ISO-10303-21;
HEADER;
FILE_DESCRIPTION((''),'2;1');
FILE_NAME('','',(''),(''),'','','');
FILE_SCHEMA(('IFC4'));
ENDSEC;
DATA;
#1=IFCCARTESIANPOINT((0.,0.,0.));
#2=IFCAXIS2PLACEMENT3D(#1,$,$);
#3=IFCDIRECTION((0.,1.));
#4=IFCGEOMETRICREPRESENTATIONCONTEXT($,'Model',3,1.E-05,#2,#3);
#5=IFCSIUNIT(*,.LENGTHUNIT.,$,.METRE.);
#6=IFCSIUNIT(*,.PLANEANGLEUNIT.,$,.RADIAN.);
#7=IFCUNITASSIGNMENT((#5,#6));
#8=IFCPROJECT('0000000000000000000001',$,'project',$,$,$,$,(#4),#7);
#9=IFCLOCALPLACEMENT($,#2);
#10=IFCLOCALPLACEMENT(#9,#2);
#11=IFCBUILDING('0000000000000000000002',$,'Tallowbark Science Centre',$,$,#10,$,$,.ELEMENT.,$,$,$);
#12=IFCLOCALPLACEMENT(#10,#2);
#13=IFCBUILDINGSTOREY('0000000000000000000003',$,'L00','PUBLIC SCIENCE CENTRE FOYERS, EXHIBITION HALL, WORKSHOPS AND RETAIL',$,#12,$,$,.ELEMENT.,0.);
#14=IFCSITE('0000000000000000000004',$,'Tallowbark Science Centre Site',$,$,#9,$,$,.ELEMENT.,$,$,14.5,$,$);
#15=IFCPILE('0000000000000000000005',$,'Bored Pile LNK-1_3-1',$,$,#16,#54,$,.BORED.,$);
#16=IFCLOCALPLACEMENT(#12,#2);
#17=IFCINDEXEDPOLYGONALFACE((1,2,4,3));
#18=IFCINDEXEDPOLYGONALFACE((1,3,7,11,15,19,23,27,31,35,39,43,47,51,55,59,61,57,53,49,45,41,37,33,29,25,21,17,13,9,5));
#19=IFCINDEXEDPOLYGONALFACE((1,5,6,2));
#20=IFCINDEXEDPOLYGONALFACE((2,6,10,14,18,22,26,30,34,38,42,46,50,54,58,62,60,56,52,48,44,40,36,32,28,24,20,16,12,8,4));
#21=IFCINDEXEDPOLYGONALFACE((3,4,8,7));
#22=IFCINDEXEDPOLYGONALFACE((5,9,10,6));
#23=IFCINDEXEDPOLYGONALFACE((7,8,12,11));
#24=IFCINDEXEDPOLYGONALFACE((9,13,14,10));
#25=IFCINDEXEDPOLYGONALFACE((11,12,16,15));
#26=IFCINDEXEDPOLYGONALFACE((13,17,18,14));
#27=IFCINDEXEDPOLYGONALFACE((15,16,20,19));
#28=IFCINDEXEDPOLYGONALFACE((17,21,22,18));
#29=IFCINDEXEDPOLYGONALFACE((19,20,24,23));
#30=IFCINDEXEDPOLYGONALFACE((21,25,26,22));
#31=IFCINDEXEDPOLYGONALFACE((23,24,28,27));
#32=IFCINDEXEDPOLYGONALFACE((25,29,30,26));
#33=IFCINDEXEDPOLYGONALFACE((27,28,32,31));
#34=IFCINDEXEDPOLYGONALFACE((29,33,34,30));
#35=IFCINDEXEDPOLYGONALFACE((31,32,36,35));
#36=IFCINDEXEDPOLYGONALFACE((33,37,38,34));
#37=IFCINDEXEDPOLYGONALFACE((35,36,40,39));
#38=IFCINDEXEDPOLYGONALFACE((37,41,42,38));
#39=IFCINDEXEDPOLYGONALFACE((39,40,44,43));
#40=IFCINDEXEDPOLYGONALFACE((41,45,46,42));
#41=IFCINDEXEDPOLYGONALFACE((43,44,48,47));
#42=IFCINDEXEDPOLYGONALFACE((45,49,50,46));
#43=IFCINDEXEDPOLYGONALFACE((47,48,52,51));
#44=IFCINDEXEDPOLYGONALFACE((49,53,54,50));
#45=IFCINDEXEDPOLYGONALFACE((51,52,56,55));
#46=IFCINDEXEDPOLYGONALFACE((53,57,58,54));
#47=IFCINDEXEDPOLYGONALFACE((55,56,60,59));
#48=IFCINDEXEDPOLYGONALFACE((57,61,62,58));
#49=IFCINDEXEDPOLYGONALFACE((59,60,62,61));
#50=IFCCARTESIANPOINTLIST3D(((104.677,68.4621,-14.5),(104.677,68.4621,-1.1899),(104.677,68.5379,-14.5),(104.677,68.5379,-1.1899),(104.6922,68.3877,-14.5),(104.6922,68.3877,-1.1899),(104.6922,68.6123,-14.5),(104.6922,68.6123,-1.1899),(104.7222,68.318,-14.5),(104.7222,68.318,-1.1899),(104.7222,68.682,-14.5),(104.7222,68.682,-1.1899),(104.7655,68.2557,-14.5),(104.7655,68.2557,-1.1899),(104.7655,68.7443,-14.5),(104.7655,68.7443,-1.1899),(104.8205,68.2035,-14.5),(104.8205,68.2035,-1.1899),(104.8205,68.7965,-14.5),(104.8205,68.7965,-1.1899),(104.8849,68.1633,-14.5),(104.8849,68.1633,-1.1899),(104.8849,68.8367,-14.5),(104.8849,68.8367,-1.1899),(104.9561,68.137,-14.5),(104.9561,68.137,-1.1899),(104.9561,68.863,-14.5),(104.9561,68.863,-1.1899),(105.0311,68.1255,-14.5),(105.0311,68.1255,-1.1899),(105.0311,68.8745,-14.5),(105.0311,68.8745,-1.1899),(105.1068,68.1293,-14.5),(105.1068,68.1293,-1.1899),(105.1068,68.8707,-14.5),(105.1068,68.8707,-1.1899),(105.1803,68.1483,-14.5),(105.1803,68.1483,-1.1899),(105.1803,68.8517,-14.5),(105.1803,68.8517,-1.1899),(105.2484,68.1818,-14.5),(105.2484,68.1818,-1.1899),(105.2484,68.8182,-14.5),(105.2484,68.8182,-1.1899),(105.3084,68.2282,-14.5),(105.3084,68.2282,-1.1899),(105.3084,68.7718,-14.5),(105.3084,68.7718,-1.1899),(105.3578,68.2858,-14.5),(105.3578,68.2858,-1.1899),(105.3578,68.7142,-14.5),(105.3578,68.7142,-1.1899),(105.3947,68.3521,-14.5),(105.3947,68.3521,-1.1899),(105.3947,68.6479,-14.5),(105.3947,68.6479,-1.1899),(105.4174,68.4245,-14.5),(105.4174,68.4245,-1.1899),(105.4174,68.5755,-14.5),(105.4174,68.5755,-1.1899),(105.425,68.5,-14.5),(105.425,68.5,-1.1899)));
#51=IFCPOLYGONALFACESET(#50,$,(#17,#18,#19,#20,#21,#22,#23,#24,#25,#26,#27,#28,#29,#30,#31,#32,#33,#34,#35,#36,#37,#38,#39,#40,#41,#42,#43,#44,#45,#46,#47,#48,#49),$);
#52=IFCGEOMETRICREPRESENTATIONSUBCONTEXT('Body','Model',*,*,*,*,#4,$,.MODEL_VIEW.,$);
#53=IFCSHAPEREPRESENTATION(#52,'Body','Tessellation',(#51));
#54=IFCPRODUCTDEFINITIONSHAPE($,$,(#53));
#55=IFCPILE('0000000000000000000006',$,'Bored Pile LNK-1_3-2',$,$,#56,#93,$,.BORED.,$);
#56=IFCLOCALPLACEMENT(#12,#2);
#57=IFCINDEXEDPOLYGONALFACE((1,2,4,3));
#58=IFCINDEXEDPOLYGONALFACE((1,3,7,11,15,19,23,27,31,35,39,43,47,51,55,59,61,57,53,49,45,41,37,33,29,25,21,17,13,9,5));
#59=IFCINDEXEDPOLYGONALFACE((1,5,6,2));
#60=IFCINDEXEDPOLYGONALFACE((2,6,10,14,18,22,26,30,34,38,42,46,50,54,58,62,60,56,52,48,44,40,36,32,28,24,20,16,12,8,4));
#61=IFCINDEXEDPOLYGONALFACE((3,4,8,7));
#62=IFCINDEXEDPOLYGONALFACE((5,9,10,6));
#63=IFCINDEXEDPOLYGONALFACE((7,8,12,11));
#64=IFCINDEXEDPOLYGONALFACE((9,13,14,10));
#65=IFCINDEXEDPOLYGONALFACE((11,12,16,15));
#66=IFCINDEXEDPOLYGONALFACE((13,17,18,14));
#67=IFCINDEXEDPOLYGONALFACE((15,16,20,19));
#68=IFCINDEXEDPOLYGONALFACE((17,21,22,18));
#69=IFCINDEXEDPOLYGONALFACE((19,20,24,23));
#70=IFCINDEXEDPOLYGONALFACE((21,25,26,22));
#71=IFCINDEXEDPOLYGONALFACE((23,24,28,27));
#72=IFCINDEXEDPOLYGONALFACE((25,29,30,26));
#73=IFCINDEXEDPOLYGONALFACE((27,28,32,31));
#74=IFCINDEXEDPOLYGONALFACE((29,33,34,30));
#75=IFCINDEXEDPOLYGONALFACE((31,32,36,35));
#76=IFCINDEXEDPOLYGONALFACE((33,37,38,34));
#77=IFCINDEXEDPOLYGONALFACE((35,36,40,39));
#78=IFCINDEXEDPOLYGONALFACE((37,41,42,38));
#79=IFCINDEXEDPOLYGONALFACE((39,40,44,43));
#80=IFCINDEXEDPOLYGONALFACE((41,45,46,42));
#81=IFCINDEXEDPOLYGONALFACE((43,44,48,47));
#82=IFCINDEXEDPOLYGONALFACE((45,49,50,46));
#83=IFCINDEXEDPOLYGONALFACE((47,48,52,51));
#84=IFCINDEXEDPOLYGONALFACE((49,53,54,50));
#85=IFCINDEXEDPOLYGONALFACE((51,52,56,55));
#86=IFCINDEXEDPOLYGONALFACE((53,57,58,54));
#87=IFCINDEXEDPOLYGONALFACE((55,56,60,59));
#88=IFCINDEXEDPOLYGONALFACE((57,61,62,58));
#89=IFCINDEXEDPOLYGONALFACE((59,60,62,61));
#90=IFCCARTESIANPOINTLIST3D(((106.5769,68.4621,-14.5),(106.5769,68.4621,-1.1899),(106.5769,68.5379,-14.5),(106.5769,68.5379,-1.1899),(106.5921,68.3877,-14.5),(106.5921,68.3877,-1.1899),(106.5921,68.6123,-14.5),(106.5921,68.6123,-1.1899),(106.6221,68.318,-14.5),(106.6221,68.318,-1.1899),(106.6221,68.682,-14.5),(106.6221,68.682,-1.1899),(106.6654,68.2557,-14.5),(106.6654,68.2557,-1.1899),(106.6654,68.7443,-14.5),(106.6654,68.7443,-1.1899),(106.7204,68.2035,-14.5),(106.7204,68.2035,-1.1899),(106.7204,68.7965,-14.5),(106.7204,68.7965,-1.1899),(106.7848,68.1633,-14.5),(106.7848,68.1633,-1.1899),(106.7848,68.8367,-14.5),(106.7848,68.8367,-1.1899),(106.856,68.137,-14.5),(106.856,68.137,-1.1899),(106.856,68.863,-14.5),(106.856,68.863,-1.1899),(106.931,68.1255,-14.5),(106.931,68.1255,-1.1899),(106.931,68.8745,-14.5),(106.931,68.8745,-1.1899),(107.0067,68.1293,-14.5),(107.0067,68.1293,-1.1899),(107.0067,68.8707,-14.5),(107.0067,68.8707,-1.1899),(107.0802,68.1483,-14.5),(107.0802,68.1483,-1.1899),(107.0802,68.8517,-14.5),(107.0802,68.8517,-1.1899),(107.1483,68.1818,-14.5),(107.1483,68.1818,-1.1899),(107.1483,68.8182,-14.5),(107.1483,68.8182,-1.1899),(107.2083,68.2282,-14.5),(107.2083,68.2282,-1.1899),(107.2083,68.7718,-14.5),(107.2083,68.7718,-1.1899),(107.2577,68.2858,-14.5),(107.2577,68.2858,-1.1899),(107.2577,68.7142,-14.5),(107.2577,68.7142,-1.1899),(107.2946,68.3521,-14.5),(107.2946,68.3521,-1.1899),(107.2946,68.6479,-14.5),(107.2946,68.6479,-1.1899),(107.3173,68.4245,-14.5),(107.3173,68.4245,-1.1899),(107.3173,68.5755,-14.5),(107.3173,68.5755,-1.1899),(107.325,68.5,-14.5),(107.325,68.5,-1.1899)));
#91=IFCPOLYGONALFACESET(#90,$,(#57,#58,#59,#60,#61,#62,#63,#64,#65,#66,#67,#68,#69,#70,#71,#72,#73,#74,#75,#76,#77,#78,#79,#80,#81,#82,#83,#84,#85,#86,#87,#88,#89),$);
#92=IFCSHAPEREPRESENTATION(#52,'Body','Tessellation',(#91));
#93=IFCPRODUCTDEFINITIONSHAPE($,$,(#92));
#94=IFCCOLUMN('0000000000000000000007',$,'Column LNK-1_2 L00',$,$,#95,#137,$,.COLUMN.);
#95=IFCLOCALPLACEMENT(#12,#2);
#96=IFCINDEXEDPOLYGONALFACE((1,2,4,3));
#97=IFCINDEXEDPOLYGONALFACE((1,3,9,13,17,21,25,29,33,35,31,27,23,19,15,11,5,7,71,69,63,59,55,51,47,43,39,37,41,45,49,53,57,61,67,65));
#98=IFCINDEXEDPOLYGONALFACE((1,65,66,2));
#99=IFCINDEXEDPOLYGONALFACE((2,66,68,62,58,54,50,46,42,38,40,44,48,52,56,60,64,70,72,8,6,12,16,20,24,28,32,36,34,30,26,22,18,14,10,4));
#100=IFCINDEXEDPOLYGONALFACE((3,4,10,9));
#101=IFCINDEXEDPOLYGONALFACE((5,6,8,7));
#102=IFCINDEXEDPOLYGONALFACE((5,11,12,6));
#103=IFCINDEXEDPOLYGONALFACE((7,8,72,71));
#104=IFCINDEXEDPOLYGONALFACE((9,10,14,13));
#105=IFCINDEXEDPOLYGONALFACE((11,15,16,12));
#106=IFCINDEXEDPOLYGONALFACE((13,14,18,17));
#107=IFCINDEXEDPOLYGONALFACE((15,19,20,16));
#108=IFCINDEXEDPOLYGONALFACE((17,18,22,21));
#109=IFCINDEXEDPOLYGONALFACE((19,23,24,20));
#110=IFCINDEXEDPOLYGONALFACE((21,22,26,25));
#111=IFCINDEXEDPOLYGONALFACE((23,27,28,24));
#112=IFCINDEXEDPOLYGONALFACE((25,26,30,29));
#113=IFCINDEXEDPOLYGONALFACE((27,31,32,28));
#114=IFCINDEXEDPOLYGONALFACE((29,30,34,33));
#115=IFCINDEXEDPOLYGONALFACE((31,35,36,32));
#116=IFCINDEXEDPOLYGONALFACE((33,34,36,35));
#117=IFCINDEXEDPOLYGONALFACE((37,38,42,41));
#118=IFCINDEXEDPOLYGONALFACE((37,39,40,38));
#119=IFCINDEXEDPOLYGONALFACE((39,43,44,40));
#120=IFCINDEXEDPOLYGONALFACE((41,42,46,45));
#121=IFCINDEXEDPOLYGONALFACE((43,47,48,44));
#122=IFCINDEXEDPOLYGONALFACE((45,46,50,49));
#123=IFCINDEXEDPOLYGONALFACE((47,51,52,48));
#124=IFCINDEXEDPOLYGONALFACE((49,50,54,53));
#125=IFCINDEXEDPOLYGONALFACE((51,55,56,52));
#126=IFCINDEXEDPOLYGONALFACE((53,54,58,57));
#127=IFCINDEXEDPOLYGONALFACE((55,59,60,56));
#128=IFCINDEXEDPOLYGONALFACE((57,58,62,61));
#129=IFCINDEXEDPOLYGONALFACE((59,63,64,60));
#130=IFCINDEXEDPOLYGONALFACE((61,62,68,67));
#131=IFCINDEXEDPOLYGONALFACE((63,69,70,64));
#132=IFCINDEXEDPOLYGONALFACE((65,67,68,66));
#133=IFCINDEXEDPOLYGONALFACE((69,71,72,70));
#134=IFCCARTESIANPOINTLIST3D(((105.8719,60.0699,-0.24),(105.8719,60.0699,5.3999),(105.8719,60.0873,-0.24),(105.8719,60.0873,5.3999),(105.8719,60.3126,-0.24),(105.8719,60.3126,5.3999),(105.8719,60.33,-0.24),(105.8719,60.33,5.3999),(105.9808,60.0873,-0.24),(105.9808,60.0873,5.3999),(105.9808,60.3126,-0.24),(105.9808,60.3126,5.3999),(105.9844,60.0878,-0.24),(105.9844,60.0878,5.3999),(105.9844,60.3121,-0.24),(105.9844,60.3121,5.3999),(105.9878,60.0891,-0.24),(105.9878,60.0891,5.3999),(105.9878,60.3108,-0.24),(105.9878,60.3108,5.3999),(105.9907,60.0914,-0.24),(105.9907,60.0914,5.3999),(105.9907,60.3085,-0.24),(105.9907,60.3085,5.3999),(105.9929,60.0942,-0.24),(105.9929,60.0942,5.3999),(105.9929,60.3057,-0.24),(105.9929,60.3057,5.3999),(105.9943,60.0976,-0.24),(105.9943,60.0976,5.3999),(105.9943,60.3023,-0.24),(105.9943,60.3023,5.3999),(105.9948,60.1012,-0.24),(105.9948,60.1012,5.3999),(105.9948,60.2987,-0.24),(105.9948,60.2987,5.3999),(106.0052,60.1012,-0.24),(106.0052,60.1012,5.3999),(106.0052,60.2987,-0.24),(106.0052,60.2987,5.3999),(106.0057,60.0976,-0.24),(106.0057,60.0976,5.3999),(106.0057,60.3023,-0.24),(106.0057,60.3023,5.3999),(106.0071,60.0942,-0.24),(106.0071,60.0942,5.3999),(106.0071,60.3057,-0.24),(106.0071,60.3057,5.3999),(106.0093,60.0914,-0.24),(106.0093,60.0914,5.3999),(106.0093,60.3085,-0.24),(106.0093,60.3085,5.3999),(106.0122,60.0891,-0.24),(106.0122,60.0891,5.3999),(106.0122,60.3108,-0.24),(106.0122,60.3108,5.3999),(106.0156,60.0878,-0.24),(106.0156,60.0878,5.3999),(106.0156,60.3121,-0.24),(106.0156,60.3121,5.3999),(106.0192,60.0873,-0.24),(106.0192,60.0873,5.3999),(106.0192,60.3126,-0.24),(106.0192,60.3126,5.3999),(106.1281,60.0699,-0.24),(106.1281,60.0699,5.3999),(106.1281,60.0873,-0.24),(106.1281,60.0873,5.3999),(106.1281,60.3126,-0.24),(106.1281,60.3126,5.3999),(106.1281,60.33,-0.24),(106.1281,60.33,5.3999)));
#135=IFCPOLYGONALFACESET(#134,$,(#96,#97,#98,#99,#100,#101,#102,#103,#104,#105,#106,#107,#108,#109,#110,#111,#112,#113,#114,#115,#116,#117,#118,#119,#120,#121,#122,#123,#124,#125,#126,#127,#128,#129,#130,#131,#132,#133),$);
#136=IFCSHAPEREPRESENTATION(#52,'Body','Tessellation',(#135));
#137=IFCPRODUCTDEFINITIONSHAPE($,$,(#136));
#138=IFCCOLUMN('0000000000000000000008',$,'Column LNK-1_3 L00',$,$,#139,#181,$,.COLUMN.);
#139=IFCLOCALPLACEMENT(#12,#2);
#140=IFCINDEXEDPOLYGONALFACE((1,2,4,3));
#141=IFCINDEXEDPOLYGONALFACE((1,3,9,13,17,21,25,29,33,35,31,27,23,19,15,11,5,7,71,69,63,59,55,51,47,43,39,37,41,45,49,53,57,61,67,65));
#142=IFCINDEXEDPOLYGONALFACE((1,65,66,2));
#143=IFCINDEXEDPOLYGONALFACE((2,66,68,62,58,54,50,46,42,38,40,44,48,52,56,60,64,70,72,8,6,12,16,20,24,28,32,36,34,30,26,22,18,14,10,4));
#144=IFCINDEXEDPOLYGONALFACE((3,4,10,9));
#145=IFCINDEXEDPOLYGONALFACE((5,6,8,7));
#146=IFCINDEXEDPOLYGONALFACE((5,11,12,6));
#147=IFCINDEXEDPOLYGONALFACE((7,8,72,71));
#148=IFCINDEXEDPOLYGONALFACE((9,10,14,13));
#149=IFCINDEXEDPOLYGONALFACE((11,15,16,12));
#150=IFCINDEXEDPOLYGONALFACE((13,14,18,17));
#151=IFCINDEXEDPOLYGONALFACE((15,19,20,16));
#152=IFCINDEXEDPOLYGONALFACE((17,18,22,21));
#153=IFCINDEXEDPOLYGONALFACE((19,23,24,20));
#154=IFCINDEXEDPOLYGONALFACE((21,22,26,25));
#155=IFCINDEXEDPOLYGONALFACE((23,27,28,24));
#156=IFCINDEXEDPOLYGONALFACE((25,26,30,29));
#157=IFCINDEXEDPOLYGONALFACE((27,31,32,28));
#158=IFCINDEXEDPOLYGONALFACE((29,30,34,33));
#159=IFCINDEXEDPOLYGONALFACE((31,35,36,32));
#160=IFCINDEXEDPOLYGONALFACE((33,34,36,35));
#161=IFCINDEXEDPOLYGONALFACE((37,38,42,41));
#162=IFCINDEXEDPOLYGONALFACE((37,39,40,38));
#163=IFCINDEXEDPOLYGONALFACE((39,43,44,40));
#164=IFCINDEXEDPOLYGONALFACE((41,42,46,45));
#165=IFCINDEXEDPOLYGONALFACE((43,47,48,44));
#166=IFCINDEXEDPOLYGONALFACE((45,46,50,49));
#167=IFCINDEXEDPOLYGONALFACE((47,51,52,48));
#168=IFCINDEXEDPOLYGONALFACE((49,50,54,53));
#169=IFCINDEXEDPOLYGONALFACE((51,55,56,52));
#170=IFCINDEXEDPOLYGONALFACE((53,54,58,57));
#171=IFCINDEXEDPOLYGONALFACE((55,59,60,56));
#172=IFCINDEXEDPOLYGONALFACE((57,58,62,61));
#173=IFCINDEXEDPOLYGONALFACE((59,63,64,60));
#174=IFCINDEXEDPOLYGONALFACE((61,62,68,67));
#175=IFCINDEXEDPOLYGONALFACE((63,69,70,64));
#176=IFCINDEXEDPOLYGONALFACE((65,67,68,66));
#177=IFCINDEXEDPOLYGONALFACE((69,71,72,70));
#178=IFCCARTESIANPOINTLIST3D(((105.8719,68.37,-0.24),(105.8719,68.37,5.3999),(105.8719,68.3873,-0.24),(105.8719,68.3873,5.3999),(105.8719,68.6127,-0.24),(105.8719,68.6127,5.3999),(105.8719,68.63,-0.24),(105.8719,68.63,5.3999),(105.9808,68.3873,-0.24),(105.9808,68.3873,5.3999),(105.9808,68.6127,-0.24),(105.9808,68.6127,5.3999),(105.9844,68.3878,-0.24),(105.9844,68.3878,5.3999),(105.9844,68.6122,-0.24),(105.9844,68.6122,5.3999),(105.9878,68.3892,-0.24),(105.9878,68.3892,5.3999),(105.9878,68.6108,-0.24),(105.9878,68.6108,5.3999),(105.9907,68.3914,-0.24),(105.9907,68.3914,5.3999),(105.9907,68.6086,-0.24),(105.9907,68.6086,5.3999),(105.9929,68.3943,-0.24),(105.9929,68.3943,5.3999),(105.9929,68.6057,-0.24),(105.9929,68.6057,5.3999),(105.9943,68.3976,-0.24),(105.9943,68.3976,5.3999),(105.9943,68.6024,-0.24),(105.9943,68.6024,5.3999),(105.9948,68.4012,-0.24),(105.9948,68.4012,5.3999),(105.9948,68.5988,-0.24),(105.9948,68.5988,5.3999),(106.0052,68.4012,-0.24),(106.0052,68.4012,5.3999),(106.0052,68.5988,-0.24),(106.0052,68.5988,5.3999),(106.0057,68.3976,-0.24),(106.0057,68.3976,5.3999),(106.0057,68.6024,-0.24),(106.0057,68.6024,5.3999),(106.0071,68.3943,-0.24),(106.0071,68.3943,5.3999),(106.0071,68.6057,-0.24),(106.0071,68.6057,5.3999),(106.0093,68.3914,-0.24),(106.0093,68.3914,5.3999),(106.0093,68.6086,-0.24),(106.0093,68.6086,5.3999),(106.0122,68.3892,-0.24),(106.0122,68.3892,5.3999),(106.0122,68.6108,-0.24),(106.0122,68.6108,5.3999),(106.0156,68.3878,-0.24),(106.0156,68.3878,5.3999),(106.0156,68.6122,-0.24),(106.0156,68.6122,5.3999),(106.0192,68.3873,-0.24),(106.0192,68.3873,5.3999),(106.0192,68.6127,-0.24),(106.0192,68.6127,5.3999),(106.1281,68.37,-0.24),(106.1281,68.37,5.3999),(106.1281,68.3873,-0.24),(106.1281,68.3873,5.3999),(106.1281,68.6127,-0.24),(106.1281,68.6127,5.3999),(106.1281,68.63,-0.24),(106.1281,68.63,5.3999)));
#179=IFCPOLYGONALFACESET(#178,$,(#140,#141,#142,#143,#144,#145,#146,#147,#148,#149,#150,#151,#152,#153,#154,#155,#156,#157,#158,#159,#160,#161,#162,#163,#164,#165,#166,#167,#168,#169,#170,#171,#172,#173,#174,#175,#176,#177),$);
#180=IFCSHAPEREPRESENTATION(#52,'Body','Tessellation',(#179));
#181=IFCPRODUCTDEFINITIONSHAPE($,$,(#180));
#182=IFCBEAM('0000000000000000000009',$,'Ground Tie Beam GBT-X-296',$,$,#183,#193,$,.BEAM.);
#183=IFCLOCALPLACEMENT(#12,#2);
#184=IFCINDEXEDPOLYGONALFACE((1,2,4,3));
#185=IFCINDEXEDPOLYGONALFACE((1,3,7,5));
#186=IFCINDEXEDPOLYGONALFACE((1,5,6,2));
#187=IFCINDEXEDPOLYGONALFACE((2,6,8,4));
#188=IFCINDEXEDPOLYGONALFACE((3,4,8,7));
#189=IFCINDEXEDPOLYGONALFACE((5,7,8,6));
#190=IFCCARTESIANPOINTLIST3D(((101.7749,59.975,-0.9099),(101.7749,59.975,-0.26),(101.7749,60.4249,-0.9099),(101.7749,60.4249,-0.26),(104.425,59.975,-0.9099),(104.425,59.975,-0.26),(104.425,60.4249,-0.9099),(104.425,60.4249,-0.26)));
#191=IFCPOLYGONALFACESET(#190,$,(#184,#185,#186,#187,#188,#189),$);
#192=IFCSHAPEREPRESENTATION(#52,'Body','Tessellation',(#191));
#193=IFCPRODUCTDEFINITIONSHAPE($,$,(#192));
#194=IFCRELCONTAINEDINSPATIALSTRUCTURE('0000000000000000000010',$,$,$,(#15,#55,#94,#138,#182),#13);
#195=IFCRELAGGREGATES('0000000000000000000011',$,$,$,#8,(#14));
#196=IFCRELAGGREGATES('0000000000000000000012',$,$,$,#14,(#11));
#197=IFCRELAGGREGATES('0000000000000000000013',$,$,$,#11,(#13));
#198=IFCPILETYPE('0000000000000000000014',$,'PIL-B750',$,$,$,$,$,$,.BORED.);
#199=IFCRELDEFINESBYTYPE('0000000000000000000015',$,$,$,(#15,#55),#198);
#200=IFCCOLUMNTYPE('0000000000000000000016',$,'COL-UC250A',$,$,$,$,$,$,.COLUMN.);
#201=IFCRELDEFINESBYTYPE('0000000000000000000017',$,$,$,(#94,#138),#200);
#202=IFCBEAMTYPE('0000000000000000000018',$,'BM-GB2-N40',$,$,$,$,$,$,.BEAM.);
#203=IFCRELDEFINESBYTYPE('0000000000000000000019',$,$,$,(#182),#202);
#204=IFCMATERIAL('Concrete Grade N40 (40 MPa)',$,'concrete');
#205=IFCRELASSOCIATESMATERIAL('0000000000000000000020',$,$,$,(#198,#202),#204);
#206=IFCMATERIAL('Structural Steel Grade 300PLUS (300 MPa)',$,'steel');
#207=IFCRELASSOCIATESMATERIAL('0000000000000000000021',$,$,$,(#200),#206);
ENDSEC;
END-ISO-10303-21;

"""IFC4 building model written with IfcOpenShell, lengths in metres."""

from ifc_helpers import new_model, si_unit, direction, frame, origin, origin_2d, place, context, subcontext, project, spatial, rectangle, circle, i_section, extrude, material, material_profile, profile_set, type_object, element, save


model = new_model("IFC4")

# Units and contexts
model_context = context("Model", 3, precision=1e-05, world=origin(), true_north=direction((0.0, 1.0)))
body_context = subcontext(model_context, "Body", "Model", "MODEL_VIEW")
ifc_project = project(units=[si_unit("LENGTHUNIT", "METRE"), si_unit("PLANEANGLEUNIT", "RADIAN")], contexts=[model_context])

# Site, building, storey
site_placement = place(None, origin())
site = spatial("IfcSite", under=ifc_project, at=site_placement, Name="Tallowbark Science Centre Site", CompositionType="ELEMENT", RefElevation=14.5)
building_placement = place(site_placement, origin())
building = spatial("IfcBuilding", under=site, at=building_placement, Name="Tallowbark Science Centre", CompositionType="ELEMENT")
storey_placement = place(building_placement, origin())
storey = spatial("IfcBuildingStorey", under=building, at=storey_placement, Name="L00", Description="PUBLIC SCIENCE CENTRE FOYERS, EXHIBITION HALL, WORKSHOPS AND RETAIL", CompositionType="ELEMENT", Elevation=0.0)

# Shared definitions
ifc_material_1 = material(Name="Concrete Grade N40 (40 MPa)", Category="concrete")

# Piles
ifc_material_profile_1 = material_profile(ifc_material_1, circle(Radius=0.375, at=origin_2d()), Name="PILE750")
ifc_profile_set_1 = profile_set([ifc_material_profile_1], Name="Concrete Grade N40 (40 MPa)")
pile_type = type_object("IfcPileType", Name="PIL-B750", PredefinedType="BORED", material=ifc_profile_set_1)
for number, where, z_axis, x_axis, name in (
    (1, (105.05, 68.5, -1.1899), (0.0, 0.0, -1.0), (1.0, 0.0, 0.0), "Bored Pile LNK-1_3-1"),
    (2, (106.95, 68.5, -1.1899), (0.0, 0.0, -1.0), (1.0, 0.0, 0.0), "Bored Pile LNK-1_3-2"),
):
    element("IfcPile", number, at=place(storey_placement, frame(where, z_axis=z_axis, x_axis=x_axis)), inside=storey, type_object=pile_type, Name=name, PredefinedType="BORED", context=body_context, shape_type="SweptSolid", body=[
        extrude(circle(Radius=0.375, at=origin_2d()), origin(), (0.0, 0.0, 1.0), 13.3101),
    ])

# Columns
ifc_material_2 = material(Name="Structural Steel Grade 300PLUS (300 MPa)", Category="steel")
ifc_material_profile_2 = material_profile(ifc_material_2, i_section(OverallWidth=0.2561, OverallDepth=0.26, WebThickness=0.0105, FlangeThickness=0.0173, FilletRadius=0.0139, at=origin_2d()), Name="250UC89.5")
ifc_profile_set_2 = profile_set([ifc_material_profile_2], Name="Structural Steel Grade 300PLUS (300 MPa)")
column_type = type_object("IfcColumnType", Name="COL-UC250A", PredefinedType="COLUMN", material=ifc_profile_set_2)
for number, where, z_axis, x_axis, name in (
    (3, (106.0, 60.2, -0.24), (0.0, 0.0, 1.0), (1.0, 0.0, 0.0), "Column LNK-1_2 L00"),
    (4, (106.0, 68.5, -0.24), (0.0, 0.0, 1.0), (1.0, 0.0, 0.0), "Column LNK-1_3 L00"),
):
    element("IfcColumn", number, at=place(storey_placement, frame(where, z_axis=z_axis, x_axis=x_axis)), inside=storey, type_object=column_type, Name=name, PredefinedType="COLUMN", context=body_context, shape_type="SweptSolid", body=[
        extrude(i_section(OverallWidth=0.2561, OverallDepth=0.26, WebThickness=0.0105, FlangeThickness=0.0173, FilletRadius=0.0139, at=origin_2d()), origin(), (0.0, 0.0, 1.0), 5.6399),
    ])

# Beam
ifc_material_profile_3 = material_profile(ifc_material_1, rectangle(XDim=0.45, YDim=0.6499, at=origin_2d()), Name="RC450x650")
ifc_profile_set_3 = profile_set([ifc_material_profile_3], Name="Concrete Grade N40 (40 MPa)")
beam_type = type_object("IfcBeamType", Name="BM-GB2-N40", PredefinedType="BEAM", material=ifc_profile_set_3)
beam_1_placement = place(storey_placement, frame((101.7749, 60.2, -0.585), z_axis=(1.0, 0.0, 0.0), x_axis=(0.0, 1.0, 0.0)))
element("IfcBeam", 5, at=beam_1_placement, inside=storey, type_object=beam_type, Name="Ground Tie Beam GBT-X-296", PredefinedType="BEAM", context=body_context, shape_type="SweptSolid", body=[
    extrude(rectangle(XDim=0.45, YDim=0.6499, at=origin_2d()), origin(), (0.0, 0.0, 1.0), 2.6501),
])

save(model, "model.ifc")
